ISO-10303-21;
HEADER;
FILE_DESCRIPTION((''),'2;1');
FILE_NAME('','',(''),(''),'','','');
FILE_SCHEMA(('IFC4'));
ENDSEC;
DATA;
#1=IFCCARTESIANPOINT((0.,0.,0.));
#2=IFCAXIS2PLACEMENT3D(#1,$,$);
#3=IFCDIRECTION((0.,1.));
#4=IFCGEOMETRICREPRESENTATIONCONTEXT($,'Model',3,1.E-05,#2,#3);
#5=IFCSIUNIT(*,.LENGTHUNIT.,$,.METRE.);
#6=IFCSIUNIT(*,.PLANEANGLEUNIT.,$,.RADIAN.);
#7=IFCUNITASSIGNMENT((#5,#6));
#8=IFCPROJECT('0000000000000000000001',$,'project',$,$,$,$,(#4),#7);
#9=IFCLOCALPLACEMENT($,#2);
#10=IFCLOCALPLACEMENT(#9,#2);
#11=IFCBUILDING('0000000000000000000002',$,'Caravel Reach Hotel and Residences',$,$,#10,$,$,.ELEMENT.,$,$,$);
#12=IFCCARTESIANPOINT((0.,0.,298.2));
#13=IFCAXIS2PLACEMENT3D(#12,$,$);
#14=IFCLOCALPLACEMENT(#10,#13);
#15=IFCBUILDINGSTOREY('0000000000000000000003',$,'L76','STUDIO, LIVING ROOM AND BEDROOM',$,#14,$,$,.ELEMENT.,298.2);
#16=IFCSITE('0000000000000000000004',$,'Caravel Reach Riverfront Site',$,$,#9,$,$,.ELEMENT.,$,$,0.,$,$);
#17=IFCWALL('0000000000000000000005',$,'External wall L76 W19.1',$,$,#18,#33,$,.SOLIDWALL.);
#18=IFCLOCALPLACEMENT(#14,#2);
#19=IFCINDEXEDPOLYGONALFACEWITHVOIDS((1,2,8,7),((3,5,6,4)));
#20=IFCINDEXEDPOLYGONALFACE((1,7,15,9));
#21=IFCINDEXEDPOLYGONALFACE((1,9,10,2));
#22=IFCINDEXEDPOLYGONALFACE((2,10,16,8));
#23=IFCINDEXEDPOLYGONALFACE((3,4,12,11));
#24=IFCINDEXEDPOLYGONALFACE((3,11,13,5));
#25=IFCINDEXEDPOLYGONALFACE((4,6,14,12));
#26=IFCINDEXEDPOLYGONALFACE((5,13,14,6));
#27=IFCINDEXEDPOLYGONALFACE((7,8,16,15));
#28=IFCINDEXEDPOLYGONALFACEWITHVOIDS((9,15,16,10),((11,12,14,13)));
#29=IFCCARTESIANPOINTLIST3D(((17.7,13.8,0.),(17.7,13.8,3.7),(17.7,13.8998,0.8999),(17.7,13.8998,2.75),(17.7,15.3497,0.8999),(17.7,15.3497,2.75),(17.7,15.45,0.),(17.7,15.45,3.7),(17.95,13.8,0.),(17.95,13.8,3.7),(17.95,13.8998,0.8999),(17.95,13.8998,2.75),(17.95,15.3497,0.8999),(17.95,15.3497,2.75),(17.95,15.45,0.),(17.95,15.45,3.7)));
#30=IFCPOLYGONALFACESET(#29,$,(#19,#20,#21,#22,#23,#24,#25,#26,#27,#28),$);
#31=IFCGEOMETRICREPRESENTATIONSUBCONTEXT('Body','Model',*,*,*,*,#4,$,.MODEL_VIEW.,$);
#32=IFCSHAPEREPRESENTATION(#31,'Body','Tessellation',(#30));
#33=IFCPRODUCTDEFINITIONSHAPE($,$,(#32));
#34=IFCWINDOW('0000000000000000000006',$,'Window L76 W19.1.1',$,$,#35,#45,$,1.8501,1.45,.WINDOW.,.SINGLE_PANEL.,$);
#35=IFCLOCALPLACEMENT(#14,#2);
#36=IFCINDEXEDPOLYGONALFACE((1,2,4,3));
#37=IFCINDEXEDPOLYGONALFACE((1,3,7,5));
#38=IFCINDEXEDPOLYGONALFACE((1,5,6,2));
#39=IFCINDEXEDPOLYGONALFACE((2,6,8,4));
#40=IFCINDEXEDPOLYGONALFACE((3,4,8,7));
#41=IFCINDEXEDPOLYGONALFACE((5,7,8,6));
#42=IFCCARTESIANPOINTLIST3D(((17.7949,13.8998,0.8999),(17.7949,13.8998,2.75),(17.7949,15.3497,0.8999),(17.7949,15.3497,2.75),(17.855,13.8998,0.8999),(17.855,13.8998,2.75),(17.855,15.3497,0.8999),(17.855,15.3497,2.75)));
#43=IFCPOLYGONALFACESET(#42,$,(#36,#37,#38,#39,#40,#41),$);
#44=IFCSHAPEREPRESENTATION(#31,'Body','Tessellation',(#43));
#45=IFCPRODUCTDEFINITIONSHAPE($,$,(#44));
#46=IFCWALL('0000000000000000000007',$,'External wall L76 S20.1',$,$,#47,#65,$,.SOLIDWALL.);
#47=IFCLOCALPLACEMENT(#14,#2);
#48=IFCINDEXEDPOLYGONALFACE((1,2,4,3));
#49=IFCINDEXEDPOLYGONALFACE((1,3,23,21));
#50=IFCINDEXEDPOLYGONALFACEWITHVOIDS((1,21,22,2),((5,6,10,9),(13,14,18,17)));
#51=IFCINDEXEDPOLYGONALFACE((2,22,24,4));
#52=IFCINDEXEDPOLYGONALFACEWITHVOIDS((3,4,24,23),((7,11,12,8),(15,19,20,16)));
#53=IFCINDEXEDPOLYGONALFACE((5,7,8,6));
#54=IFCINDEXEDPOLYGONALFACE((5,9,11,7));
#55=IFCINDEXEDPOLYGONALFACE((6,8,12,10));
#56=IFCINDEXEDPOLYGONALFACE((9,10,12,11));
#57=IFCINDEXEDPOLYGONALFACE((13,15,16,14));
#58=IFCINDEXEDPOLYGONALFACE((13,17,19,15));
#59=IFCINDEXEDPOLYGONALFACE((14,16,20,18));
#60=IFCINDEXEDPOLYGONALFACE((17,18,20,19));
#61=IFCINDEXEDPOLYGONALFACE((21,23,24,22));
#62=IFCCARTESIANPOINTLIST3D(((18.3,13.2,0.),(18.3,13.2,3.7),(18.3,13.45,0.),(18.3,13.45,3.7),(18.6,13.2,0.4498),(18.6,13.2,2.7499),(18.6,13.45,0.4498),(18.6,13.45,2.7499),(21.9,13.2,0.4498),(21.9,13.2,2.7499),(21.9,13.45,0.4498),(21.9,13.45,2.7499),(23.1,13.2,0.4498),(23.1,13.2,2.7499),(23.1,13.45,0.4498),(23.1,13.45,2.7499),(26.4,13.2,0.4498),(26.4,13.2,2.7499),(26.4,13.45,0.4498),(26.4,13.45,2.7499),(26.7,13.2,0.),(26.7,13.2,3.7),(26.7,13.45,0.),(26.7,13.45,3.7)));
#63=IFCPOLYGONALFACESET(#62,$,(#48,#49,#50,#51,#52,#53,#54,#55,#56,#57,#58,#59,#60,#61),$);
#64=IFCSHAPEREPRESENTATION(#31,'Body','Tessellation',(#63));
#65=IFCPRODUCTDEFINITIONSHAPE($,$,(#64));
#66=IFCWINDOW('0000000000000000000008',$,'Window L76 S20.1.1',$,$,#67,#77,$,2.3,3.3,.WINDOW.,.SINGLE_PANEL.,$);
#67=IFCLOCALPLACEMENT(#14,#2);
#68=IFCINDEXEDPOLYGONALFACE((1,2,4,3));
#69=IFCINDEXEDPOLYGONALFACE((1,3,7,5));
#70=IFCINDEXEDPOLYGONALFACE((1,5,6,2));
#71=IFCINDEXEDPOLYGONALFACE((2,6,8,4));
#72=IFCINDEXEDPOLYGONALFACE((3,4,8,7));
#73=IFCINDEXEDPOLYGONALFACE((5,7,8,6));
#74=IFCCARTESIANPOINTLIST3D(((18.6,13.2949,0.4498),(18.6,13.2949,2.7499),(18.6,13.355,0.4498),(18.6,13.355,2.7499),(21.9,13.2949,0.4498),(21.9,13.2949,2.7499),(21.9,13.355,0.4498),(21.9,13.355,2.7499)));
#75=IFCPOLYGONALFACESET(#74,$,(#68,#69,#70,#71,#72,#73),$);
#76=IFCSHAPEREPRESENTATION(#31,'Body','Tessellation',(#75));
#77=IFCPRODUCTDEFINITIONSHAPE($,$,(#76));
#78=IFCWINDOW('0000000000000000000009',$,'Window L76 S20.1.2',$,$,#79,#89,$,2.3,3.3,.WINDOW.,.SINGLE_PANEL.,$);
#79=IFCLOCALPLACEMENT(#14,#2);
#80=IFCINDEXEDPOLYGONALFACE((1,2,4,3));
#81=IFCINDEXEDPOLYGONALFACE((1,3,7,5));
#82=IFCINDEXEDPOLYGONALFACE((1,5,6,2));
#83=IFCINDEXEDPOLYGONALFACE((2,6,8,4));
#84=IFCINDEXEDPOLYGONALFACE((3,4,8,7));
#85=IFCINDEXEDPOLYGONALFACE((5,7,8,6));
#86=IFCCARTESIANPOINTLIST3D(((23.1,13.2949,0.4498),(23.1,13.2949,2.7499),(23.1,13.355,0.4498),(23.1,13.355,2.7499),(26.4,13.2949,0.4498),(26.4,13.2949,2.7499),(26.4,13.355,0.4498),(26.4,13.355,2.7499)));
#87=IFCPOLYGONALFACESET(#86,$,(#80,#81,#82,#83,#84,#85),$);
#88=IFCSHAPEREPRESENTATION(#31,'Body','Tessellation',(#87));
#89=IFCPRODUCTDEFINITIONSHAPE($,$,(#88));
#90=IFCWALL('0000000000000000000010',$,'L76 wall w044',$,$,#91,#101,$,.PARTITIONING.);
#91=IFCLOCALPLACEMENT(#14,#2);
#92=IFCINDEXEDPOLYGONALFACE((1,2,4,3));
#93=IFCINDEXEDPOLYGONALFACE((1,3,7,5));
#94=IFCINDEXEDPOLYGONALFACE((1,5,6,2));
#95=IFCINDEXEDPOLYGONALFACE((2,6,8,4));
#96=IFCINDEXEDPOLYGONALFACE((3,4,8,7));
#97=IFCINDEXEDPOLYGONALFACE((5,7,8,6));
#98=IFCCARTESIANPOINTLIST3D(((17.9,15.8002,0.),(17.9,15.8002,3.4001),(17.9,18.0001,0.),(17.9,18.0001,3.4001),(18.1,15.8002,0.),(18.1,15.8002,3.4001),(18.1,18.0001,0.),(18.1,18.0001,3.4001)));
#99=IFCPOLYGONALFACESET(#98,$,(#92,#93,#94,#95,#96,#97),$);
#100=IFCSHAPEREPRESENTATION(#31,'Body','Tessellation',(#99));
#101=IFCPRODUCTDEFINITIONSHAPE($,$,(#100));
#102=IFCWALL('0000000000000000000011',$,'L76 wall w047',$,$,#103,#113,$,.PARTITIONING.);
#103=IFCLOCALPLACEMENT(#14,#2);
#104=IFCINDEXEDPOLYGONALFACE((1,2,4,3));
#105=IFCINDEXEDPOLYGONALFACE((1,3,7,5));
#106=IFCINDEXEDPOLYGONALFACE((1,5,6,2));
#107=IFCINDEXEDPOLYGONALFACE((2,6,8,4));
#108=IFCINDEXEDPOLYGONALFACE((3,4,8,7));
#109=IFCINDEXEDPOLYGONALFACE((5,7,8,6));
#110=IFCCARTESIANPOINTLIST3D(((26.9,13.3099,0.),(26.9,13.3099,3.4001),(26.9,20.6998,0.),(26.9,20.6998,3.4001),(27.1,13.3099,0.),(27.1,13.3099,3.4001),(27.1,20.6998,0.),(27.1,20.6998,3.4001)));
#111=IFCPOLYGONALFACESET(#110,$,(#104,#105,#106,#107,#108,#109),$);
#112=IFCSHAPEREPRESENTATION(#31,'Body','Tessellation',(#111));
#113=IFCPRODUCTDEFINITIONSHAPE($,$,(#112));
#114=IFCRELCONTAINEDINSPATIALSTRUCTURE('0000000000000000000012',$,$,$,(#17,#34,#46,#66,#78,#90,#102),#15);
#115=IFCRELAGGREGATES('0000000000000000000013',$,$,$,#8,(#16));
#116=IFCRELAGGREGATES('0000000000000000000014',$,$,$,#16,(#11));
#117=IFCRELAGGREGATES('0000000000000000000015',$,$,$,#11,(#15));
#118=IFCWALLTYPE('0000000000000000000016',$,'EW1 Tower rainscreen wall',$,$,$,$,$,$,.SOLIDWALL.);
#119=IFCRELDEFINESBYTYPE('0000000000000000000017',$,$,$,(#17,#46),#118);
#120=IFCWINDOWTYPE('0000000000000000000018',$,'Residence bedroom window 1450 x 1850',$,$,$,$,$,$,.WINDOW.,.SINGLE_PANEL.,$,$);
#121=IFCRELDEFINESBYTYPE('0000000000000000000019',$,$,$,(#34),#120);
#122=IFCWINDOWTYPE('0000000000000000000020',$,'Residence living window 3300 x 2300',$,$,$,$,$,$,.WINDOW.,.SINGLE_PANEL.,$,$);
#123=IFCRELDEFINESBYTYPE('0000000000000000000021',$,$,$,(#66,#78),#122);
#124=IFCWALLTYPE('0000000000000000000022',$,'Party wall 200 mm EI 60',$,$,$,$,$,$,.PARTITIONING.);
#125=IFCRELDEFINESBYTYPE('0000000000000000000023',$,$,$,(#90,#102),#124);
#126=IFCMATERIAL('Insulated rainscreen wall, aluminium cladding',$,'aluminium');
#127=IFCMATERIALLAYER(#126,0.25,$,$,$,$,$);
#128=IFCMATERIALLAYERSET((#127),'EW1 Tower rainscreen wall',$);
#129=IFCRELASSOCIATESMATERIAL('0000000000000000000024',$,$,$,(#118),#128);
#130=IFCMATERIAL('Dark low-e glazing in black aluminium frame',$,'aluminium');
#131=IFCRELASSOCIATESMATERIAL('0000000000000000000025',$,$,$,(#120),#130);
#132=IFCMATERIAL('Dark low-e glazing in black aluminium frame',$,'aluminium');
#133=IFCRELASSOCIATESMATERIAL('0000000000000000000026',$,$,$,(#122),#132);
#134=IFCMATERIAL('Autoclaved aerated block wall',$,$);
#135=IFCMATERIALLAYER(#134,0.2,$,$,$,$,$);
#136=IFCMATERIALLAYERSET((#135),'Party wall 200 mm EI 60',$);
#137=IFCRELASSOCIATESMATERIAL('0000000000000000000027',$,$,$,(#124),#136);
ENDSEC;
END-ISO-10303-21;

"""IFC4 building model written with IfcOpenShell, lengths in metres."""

from ifc_helpers import new_model, si_unit, direction, frame, frame_2d, origin, place, context, subcontext, project, spatial, rectangle, extrude, material, layer, layer_set, type_object, element, fill, save


model = new_model("IFC4")

# Units and contexts
model_context = context("Model", 3, precision=1e-05, world=origin(), true_north=direction((0.0, 1.0)))
body_context = subcontext(model_context, "Body", "Model", "MODEL_VIEW")
ifc_project = project(units=[si_unit("LENGTHUNIT", "METRE"), si_unit("PLANEANGLEUNIT", "RADIAN")], contexts=[model_context])

# Site, building, storey
site_placement = place(None, origin())
site = spatial("IfcSite", under=ifc_project, at=site_placement, Name="Caravel Reach Riverfront Site", CompositionType="ELEMENT", RefElevation=0.0)
building_placement = place(site_placement, origin())
building = spatial("IfcBuilding", under=site, at=building_placement, Name="Caravel Reach Hotel and Residences", CompositionType="ELEMENT")
storey_placement = place(building_placement, frame((0.0, 0.0, 298.2)))
storey = spatial("IfcBuildingStorey", under=building, at=storey_placement, Name="L76", Description="STUDIO, LIVING ROOM AND BEDROOM", CompositionType="ELEMENT", Elevation=298.2)

# Wall, opening, window
ifc_material_1 = material(Name="Insulated rainscreen wall, aluminium cladding", Category="aluminium")
ifc_layer_1 = layer(ifc_material_1, 0.25)
ifc_layer_set_1 = layer_set([ifc_layer_1], Name="EW1 Tower rainscreen wall")
wall_type_1 = type_object("IfcWallType", Name="EW1 Tower rainscreen wall", PredefinedType="SOLIDWALL", material=ifc_layer_set_1)
wall_1_placement = place(storey_placement, frame((17.825, 15.45, 0.0), z_axis=(0.0, 0.0, 1.0), x_axis=(0.0, -1.0, 0.0)))
wall_1 = element("IfcWall", 1, at=wall_1_placement, inside=storey, type_object=wall_type_1, Name="External wall L76 W19.1", PredefinedType="SOLIDWALL", context=body_context, shape_type="SweptSolid", body=[
    extrude(rectangle(XDim=1.6499, YDim=0.25, at=frame_2d((0.825, 0.0))), origin(), (0.0, 0.0, 1.0), 3.7),
])
opening_1_placement = place(wall_1_placement, frame((0.1001, 0.0, 0.8999)))
opening_1 = element("IfcOpeningElement", 2, at=opening_1_placement, cuts=wall_1, PredefinedType="OPENING", context=body_context, shape_type="SweptSolid", body=[
    extrude(rectangle(XDim=1.45, YDim=1.8501, at=frame_2d((0.7251, 0.925))), frame((0.0, 0.135, 0.0), z_axis=(0.0, -1.0, 0.0), x_axis=(1.0, 0.0, 0.0)), (0.0, 0.0, 1.0), 0.27),
])
ifc_material_2 = material(Name="Dark low-e glazing in black aluminium frame", Category="aluminium")
window_type_1 = type_object("IfcWindowType", Name="Residence bedroom window 1450 x 1850", PartitioningType="SINGLE_PANEL", PredefinedType="WINDOW", material=ifc_material_2)
window_1_placement = place(opening_1_placement, origin())
window_1 = element("IfcWindow", 3, at=window_1_placement, inside=storey, type_object=window_type_1, Name="Window L76 W19.1.1", OverallHeight=1.8501, OverallWidth=1.45, PartitioningType="SINGLE_PANEL", PredefinedType="WINDOW", context=body_context, shape_type="SweptSolid", body=[
    extrude(rectangle(XDim=1.45, YDim=1.8501, at=frame_2d((0.7251, 0.925))), frame((0.0, 0.03, 0.0), z_axis=(0.0, -1.0, 0.0), x_axis=(1.0, 0.0, 0.0)), (0.0, 0.0, 1.0), 0.0601),
])
fill(opening_1, window_1)

# Wall, openings, windows
wall_2_placement = place(storey_placement, frame((18.3, 13.325, 0.0), z_axis=(0.0, 0.0, 1.0), x_axis=(1.0, 0.0, 0.0)))
wall_2 = element("IfcWall", 4, at=wall_2_placement, inside=storey, type_object=wall_type_1, Name="External wall L76 S20.1", PredefinedType="SOLIDWALL", context=body_context, shape_type="SweptSolid", body=[
    extrude(rectangle(XDim=8.3999, YDim=0.25, at=frame_2d((4.2, 0.0))), origin(), (0.0, 0.0, 1.0), 3.7),
])
opening_2_placement = place(wall_2_placement, frame((0.3, 0.0, 0.45)))
opening_2 = element("IfcOpeningElement", 5, at=opening_2_placement, cuts=wall_2, PredefinedType="OPENING", context=body_context, shape_type="SweptSolid", body=[
    extrude(rectangle(XDim=3.3, YDim=2.3, at=frame_2d((1.6499, 1.1499))), frame((0.0, 0.135, 0.0), z_axis=(0.0, -1.0, 0.0), x_axis=(1.0, 0.0, 0.0)), (0.0, 0.0, 1.0), 0.27),
])
opening_3_placement = place(wall_2_placement, frame((4.8, 0.0, 0.45)))
opening_3 = element("IfcOpeningElement", 6, at=opening_3_placement, cuts=wall_2, PredefinedType="OPENING", context=body_context, shape_type="SweptSolid", body=[
    extrude(rectangle(XDim=3.3, YDim=2.3, at=frame_2d((1.6499, 1.1499))), frame((0.0, 0.135, 0.0), z_axis=(0.0, -1.0, 0.0), x_axis=(1.0, 0.0, 0.0)), (0.0, 0.0, 1.0), 0.27),
])
ifc_material_3 = material(Name="Dark low-e glazing in black aluminium frame", Category="aluminium")
window_type_2 = type_object("IfcWindowType", Name="Residence living window 3300 x 2300", PartitioningType="SINGLE_PANEL", PredefinedType="WINDOW", material=ifc_material_3)
window_2_placement = place(opening_2_placement, origin())
window_2 = element("IfcWindow", 7, at=window_2_placement, inside=storey, type_object=window_type_2, Name="Window L76 S20.1.1", OverallHeight=2.3, OverallWidth=3.3, PartitioningType="SINGLE_PANEL", PredefinedType="WINDOW", context=body_context, shape_type="SweptSolid", body=[
    extrude(rectangle(XDim=3.3, YDim=2.3, at=frame_2d((1.6499, 1.1499))), frame((0.0, 0.03, 0.0), z_axis=(0.0, -1.0, 0.0), x_axis=(1.0, 0.0, 0.0)), (0.0, 0.0, 1.0), 0.0601),
])
fill(opening_2, window_2)
window_3_placement = place(opening_3_placement, origin())
window_3 = element("IfcWindow", 8, at=window_3_placement, inside=storey, type_object=window_type_2, Name="Window L76 S20.1.2", OverallHeight=2.3, OverallWidth=3.3, PartitioningType="SINGLE_PANEL", PredefinedType="WINDOW", context=body_context, shape_type="SweptSolid", body=[
    extrude(rectangle(XDim=3.3, YDim=2.3, at=frame_2d((1.6499, 1.1499))), frame((0.0, 0.03, 0.0), z_axis=(0.0, -1.0, 0.0), x_axis=(1.0, 0.0, 0.0)), (0.0, 0.0, 1.0), 0.0601),
])
fill(opening_3, window_3)

# Walls
ifc_material_4 = material(Name="Autoclaved aerated block wall")
ifc_layer_2 = layer(ifc_material_4, 0.2)
ifc_layer_set_2 = layer_set([ifc_layer_2], Name="Party wall 200 mm EI 60")
wall_type_2 = type_object("IfcWallType", Name="Party wall 200 mm EI 60", PredefinedType="PARTITIONING", material=ifc_layer_set_2)
wall_3_placement = place(storey_placement, frame((18.0, 15.8, 0.0), z_axis=(0.0, 0.0, 1.0), x_axis=(0.0, 1.0, 0.0)))
element("IfcWall", 9, at=wall_3_placement, inside=storey, type_object=wall_type_2, Name="L76 wall w044", PredefinedType="PARTITIONING", context=body_context, shape_type="SweptSolid", body=[
    extrude(rectangle(XDim=2.2, YDim=0.2, at=frame_2d((1.1001, 0.0))), origin(), (0.0, 0.0, 1.0), 3.4001),
])
wall_4_placement = place(storey_placement, frame((27.0, 13.3101, 0.0), z_axis=(0.0, 0.0, 1.0), x_axis=(0.0, 1.0, 0.0)))
element("IfcWall", 10, at=wall_4_placement, inside=storey, type_object=wall_type_2, Name="L76 wall w047", PredefinedType="PARTITIONING", context=body_context, shape_type="SweptSolid", body=[
    extrude(rectangle(XDim=7.3899, YDim=0.2, at=frame_2d((3.6948, 0.0))), origin(), (0.0, 0.0, 1.0), 3.4001),
])

save(model, "model.ifc")
